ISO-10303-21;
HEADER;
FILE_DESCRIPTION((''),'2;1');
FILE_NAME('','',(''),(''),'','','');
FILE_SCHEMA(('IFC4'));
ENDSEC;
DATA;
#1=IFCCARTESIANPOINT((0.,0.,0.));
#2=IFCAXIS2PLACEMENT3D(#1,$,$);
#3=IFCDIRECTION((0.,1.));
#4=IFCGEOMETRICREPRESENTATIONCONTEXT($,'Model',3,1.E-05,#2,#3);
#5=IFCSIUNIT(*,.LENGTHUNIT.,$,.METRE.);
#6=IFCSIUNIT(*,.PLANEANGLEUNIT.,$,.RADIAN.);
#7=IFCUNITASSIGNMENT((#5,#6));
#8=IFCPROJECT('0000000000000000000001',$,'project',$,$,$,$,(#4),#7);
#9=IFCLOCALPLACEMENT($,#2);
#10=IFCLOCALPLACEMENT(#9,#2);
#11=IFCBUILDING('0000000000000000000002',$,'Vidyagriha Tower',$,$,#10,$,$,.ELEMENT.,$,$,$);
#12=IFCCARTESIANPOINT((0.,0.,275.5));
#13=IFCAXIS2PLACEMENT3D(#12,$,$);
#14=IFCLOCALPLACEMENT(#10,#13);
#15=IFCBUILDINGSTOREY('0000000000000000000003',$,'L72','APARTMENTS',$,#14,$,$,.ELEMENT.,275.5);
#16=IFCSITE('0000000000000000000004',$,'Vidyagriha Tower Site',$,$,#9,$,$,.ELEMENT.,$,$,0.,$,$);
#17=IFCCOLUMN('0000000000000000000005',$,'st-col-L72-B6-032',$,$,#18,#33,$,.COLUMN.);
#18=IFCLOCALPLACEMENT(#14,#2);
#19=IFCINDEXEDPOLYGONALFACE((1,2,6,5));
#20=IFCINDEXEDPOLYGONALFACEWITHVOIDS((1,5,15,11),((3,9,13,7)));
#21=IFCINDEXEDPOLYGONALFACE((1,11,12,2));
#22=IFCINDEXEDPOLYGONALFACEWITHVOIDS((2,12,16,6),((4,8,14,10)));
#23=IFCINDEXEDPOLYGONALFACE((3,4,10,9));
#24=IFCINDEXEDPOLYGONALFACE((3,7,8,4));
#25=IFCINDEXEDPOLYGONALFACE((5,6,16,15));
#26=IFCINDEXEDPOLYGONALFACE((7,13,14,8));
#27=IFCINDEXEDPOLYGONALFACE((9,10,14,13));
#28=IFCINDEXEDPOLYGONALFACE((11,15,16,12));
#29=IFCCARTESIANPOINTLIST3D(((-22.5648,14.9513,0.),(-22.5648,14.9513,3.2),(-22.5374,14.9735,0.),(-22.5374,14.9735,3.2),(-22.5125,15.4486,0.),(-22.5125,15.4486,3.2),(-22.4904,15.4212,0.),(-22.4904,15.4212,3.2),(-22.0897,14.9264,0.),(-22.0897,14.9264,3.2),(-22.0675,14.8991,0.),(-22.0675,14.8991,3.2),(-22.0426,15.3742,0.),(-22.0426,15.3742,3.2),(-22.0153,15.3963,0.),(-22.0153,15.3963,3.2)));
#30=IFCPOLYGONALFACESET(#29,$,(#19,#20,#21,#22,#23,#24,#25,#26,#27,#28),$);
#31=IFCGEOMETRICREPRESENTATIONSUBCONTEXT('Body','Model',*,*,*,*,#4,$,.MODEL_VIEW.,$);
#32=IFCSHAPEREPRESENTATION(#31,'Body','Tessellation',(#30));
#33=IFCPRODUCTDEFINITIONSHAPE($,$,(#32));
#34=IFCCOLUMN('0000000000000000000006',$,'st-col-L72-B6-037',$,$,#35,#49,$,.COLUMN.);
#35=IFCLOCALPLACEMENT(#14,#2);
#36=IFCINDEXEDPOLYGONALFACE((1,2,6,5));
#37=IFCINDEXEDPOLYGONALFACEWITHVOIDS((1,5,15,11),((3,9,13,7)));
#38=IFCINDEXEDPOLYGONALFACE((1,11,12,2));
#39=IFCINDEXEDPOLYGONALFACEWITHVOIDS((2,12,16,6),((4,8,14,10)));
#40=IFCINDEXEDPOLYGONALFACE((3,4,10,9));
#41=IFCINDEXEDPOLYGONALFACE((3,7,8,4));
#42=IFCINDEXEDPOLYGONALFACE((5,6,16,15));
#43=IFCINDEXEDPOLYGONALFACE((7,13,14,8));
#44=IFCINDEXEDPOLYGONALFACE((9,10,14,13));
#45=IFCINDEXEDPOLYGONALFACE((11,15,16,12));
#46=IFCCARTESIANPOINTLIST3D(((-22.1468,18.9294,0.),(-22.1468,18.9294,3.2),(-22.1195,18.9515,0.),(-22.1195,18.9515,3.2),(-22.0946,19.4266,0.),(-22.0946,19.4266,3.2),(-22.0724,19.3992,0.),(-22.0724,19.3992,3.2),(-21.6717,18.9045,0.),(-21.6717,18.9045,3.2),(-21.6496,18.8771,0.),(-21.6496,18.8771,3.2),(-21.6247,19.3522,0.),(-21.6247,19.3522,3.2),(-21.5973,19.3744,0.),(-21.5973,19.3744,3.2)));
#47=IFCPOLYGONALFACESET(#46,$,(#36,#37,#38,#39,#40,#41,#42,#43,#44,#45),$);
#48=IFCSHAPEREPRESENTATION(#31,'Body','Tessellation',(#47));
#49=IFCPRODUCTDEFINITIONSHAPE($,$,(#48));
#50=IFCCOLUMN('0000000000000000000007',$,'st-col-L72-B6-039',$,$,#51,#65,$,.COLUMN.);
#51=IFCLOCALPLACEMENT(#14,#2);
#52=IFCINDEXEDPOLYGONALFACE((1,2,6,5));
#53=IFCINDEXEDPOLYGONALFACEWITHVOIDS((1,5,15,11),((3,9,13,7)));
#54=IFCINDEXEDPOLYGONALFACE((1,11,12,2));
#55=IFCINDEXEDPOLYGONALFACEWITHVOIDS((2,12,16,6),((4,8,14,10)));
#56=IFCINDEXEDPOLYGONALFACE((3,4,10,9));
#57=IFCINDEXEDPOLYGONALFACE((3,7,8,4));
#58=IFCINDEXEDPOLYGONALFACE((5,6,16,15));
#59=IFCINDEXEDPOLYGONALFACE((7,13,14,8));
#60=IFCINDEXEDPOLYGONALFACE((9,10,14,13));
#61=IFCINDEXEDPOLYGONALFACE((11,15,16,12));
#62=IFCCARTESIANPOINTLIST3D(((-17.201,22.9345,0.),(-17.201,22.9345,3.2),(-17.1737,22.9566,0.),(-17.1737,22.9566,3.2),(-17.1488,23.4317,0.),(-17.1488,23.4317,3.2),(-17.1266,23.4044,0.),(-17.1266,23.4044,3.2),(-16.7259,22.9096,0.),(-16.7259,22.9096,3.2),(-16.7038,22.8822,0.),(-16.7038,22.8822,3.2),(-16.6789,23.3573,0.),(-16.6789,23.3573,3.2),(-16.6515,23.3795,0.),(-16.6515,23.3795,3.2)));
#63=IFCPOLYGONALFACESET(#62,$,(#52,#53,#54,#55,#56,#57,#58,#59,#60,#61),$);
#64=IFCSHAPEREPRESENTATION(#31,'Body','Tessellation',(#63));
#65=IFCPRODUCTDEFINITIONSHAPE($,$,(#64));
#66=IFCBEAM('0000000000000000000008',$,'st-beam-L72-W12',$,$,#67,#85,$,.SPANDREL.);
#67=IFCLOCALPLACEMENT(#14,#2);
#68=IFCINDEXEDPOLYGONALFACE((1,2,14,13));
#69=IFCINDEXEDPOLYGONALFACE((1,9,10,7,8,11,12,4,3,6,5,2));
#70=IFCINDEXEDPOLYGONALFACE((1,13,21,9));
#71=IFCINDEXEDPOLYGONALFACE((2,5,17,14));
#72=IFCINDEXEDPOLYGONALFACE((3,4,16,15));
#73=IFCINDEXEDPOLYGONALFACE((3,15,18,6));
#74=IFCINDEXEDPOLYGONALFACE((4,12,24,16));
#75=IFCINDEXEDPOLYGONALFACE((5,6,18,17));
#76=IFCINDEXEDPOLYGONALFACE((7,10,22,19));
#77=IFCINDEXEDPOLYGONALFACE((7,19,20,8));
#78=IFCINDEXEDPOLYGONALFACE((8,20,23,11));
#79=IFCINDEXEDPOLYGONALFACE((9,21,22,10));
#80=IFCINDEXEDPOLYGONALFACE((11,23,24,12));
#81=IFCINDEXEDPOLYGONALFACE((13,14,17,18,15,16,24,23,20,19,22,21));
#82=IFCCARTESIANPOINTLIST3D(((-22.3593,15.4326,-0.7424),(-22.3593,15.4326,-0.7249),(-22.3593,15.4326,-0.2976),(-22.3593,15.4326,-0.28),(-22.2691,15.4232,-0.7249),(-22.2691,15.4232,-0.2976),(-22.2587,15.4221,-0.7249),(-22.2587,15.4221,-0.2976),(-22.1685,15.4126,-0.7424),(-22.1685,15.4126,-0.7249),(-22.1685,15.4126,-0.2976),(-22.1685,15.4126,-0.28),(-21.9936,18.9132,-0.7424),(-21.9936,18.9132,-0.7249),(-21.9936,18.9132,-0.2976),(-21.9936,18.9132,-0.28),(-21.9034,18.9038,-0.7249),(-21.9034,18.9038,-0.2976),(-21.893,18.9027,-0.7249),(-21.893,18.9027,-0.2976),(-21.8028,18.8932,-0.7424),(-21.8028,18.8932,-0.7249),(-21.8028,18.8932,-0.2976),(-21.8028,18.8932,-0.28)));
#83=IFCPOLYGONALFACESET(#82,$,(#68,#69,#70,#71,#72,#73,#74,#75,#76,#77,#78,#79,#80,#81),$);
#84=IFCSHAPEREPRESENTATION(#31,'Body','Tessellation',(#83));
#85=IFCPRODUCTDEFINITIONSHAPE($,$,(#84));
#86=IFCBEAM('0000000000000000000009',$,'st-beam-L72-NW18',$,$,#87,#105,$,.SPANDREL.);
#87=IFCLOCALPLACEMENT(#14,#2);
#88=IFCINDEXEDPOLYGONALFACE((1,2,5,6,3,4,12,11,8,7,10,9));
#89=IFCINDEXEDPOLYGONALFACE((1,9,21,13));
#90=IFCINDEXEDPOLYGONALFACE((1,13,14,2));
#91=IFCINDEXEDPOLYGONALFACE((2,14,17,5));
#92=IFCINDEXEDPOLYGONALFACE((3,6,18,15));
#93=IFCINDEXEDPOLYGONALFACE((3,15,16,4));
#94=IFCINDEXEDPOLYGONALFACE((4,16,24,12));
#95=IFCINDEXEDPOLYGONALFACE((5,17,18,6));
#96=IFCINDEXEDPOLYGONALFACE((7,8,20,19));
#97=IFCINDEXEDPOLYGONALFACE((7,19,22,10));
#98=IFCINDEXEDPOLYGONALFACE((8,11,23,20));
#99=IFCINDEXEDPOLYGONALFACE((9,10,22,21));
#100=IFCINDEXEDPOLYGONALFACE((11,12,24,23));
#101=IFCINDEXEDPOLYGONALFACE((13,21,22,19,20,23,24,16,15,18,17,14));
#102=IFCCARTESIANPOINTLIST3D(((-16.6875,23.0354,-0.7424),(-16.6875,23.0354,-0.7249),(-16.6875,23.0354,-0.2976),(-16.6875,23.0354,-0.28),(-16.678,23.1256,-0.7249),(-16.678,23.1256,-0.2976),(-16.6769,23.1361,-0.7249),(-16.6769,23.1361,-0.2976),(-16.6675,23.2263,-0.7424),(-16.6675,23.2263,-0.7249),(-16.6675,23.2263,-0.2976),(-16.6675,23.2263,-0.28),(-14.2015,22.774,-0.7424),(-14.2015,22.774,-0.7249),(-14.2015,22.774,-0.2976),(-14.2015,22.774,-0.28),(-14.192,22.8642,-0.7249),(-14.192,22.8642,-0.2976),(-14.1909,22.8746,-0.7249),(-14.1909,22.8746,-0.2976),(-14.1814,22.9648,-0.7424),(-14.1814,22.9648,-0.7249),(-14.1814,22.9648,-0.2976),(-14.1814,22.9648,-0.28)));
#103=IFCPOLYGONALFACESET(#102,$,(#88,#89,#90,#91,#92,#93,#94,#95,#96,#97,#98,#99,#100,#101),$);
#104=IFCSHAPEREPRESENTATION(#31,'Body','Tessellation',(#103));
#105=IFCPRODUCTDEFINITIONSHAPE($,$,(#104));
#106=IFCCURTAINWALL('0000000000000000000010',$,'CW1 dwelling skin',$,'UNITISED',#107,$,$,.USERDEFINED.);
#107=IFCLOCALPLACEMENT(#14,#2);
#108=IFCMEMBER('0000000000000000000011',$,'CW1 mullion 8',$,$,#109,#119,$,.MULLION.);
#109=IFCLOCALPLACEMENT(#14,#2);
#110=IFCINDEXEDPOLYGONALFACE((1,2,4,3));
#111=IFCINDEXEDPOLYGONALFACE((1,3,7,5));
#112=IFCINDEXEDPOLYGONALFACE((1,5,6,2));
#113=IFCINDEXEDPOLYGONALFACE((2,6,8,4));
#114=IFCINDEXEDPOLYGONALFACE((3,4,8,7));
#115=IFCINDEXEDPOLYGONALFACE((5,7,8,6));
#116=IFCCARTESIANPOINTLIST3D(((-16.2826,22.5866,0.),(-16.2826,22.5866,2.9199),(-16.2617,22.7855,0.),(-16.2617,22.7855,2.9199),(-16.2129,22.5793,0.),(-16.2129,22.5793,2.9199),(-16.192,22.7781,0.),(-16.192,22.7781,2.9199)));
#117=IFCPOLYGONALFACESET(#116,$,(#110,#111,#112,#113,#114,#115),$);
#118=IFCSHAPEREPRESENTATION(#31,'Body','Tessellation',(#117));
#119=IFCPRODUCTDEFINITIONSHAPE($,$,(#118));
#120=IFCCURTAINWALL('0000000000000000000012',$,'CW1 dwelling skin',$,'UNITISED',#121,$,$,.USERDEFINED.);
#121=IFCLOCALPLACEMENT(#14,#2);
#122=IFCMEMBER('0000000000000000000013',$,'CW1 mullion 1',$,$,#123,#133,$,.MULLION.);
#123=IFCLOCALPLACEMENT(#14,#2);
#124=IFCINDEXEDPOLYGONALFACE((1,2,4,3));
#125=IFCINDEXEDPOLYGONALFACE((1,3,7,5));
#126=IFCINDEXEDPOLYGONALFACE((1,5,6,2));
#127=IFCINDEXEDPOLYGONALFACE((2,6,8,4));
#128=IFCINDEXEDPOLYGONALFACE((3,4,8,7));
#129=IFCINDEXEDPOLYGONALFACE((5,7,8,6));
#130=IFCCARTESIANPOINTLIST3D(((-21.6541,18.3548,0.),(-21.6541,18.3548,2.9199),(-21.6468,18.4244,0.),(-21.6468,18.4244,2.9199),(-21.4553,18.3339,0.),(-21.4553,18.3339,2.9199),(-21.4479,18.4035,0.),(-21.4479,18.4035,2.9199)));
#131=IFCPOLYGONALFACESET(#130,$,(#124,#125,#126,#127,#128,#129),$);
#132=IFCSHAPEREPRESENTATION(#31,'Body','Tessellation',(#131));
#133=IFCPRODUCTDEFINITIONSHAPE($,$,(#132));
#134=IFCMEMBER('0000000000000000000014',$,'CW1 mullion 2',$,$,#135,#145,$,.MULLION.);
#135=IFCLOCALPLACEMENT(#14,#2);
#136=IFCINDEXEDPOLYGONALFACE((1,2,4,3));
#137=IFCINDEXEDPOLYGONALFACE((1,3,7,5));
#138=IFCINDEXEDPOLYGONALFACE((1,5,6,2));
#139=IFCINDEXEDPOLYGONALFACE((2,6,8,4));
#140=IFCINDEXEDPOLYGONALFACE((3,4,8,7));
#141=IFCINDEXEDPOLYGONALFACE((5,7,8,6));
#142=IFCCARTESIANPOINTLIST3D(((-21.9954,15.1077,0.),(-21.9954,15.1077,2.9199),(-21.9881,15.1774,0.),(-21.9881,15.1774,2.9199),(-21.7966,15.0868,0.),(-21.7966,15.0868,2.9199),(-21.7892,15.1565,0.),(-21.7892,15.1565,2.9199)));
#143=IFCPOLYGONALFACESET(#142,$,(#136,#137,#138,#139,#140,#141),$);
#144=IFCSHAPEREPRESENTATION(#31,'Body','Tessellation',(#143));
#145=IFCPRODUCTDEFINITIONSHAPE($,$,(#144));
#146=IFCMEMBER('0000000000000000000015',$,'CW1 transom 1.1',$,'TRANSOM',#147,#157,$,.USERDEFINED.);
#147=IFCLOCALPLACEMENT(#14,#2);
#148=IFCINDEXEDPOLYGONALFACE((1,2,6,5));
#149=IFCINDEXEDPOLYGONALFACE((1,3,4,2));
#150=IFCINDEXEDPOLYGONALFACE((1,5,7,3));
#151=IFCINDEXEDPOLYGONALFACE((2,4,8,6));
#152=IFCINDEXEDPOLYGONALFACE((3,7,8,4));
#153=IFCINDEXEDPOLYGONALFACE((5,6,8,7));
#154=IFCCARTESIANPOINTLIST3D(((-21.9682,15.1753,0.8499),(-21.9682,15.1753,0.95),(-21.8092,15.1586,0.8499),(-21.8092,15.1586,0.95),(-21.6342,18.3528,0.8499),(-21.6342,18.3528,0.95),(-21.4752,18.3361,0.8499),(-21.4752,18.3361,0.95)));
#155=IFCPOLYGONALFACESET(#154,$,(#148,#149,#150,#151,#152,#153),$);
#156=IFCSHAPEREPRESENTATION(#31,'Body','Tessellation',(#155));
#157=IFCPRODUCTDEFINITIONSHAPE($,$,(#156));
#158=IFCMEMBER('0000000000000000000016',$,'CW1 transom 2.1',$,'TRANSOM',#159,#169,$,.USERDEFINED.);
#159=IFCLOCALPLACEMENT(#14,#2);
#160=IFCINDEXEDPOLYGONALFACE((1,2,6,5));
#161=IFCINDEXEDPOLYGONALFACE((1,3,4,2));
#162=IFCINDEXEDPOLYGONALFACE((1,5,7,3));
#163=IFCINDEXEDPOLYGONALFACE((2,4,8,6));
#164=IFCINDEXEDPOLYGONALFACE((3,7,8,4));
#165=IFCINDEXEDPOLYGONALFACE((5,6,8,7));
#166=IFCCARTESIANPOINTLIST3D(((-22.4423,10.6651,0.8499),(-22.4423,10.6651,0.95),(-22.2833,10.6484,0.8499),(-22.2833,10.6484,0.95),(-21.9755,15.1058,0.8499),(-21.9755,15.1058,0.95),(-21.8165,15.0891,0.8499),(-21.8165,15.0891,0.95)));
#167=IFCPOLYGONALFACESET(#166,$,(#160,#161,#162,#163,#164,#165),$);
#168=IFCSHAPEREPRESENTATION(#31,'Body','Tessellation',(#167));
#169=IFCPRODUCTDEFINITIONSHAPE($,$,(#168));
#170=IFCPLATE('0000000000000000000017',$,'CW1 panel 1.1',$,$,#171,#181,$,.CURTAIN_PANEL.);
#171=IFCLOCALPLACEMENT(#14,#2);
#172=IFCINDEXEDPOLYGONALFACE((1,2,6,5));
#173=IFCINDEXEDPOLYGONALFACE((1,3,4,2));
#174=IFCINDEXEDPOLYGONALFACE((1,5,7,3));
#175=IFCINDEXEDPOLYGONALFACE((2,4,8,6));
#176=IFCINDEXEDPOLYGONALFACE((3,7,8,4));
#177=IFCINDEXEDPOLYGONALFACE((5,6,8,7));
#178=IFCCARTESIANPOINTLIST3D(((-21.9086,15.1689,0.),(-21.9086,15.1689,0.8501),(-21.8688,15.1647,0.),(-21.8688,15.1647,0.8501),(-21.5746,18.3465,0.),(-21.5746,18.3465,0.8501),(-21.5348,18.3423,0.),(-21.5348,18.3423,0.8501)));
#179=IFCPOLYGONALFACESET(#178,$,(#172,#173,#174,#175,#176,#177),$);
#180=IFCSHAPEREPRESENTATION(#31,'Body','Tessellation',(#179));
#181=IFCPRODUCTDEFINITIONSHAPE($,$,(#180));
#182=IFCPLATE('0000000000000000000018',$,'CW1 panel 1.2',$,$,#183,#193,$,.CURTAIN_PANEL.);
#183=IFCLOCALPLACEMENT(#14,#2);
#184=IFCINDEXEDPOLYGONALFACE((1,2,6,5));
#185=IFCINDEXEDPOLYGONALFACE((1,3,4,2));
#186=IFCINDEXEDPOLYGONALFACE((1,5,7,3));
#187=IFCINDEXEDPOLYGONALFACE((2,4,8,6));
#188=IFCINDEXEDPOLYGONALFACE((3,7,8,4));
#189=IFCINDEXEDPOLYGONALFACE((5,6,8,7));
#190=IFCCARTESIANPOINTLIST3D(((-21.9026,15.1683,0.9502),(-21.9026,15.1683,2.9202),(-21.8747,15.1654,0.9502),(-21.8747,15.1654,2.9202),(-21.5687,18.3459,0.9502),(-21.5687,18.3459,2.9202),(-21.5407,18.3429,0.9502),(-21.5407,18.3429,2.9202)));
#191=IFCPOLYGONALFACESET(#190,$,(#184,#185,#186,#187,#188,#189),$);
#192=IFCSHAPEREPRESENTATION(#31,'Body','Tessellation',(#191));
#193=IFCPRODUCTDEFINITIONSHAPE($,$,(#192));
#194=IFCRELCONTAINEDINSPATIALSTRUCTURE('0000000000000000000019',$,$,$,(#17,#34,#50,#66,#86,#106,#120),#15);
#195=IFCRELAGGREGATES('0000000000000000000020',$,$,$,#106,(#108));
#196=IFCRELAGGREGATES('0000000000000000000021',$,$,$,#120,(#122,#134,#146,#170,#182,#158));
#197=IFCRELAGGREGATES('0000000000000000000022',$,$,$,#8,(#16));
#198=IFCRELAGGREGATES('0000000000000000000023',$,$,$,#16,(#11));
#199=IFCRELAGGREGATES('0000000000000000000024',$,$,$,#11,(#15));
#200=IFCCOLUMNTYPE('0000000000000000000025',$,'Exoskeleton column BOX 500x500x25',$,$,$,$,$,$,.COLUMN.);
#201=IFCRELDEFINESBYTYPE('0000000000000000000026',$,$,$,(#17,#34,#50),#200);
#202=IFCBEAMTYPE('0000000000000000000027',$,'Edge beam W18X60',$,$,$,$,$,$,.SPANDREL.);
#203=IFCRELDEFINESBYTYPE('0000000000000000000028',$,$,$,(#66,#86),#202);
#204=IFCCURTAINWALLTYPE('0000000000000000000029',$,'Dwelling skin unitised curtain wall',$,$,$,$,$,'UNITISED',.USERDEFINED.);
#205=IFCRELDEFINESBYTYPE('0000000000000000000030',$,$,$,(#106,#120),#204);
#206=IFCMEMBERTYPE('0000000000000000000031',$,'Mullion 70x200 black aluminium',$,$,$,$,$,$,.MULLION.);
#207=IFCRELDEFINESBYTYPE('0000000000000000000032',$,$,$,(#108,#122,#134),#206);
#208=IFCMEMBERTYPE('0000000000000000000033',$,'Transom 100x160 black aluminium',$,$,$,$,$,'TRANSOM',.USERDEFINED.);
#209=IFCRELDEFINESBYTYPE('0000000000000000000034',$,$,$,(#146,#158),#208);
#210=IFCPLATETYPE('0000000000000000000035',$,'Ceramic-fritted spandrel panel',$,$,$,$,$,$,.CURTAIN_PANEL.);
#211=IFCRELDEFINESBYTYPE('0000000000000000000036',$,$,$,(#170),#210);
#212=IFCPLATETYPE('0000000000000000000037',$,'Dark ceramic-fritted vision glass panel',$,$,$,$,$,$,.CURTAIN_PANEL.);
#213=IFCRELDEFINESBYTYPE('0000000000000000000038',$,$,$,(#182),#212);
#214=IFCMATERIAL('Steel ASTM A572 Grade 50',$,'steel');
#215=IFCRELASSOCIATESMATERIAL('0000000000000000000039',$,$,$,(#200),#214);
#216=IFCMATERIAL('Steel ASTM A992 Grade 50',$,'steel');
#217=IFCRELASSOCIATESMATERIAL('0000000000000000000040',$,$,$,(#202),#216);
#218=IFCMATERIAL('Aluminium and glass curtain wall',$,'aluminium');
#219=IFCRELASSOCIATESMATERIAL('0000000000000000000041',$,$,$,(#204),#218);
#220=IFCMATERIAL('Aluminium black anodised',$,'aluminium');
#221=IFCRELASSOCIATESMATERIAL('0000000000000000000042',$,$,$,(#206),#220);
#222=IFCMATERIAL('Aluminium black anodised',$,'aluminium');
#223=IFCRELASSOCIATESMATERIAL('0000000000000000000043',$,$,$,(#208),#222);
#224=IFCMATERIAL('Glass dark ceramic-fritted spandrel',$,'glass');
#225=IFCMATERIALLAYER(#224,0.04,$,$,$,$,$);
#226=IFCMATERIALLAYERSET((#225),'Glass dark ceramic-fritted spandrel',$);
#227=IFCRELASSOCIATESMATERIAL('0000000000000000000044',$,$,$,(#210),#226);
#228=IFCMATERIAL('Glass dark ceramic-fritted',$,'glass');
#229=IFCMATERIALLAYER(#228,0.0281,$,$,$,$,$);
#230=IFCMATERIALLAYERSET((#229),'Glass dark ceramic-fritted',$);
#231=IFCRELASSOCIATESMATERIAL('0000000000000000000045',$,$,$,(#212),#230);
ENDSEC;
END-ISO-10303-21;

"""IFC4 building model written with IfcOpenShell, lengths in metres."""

from ifc_helpers import new_model, si_unit, direction, frame, origin, origin_2d, place, context, subcontext, project, spatial, rectangle, hollow_rectangle, i_section, extrude, material, layer, layer_set, material_profile, profile_set, type_object, element, aggregate, save


model = new_model("IFC4")

# Units and contexts
model_context = context("Model", 3, precision=1e-05, world=origin(), true_north=direction((0.0, 1.0)))
body_context = subcontext(model_context, "Body", "Model", "MODEL_VIEW")
ifc_project = project(units=[si_unit("LENGTHUNIT", "METRE"), si_unit("PLANEANGLEUNIT", "RADIAN")], contexts=[model_context])

# Site, building, storey
site_placement = place(None, origin())
site = spatial("IfcSite", under=ifc_project, at=site_placement, Name="Vidyagriha Tower Site", CompositionType="ELEMENT", RefElevation=0.0)
building_placement = place(site_placement, origin())
building = spatial("IfcBuilding", under=site, at=building_placement, Name="Vidyagriha Tower", CompositionType="ELEMENT")
storey_placement = place(building_placement, frame((0.0, 0.0, 275.5)))
storey = spatial("IfcBuildingStorey", under=building, at=storey_placement, Name="L72", Description="APARTMENTS", CompositionType="ELEMENT", Elevation=275.5)

# Columns
ifc_material_1 = material(Name="Steel ASTM A572 Grade 50", Category="steel")
ifc_material_profile_1 = material_profile(ifc_material_1, hollow_rectangle(XDim=0.5, YDim=0.5, WallThickness=0.0249, at=origin_2d()), Name="BOX 500x500x25")
ifc_profile_set_1 = profile_set([ifc_material_profile_1], Name="Steel ASTM A572 Grade 50")
column_type = type_object("IfcColumnType", Name="Exoskeleton column BOX 500x500x25", PredefinedType="COLUMN", material=ifc_profile_set_1)
for number, where, z_axis, x_axis, name in (
    (1, (-22.29, 15.1738, 0.0), (0.0, 0.0, 1.0), (0.994522, -0.104528, 0.0), "st-col-L72-B6-032"),
    (2, (-21.8721, 19.1519, 0.0), (0.0, 0.0, 1.0), (0.994522, -0.104528, 0.0), "st-col-L72-B6-037"),
    (3, (-16.9263, 23.157, 0.0), (0.0, 0.0, 1.0), (0.994522, -0.104528, 0.0), "st-col-L72-B6-039"),
):
    element("IfcColumn", number, at=place(storey_placement, frame(where, z_axis=z_axis, x_axis=x_axis)), inside=storey, type_object=column_type, Name=name, PredefinedType="COLUMN", context=body_context, shape_type="SweptSolid", body=[
        extrude(hollow_rectangle(XDim=0.5, YDim=0.5, WallThickness=0.0249, at=origin_2d()), origin(), (0.0, 0.0, 1.0), 3.2),
    ])

# Beams
ifc_material_2 = material(Name="Steel ASTM A992 Grade 50", Category="steel")
ifc_material_profile_2 = material_profile(ifc_material_2, i_section(OverallWidth=0.1919, OverallDepth=0.4624, WebThickness=0.0105, FlangeThickness=0.0176, at=origin_2d()), Name="W18X60")
ifc_profile_set_2 = profile_set([ifc_material_profile_2], Name="Steel ASTM A992 Grade 50")
beam_type = type_object("IfcBeamType", Name="Edge beam W18X60", PredefinedType="SPANDREL", material=ifc_profile_set_2)
beam_1_placement = place(storey_placement, frame((-22.2639, 15.4226, -0.5112), z_axis=(0.104496, 0.994525, 0.0), x_axis=(-0.994525, 0.104496, 0.0)))
element("IfcBeam", 4, at=beam_1_placement, inside=storey, type_object=beam_type, Name="st-beam-L72-W12", PredefinedType="SPANDREL", context=body_context, shape_type="SweptSolid", body=[
    extrude(i_section(OverallWidth=0.1919, OverallDepth=0.4624, WebThickness=0.0105, FlangeThickness=0.0176, at=origin_2d()), origin(), (0.0, 0.0, 1.0), 3.4998),
])
beam_2_placement = place(storey_placement, frame((-16.6775, 23.1309, -0.5112), z_axis=(0.994515, -0.104598, 0.0), x_axis=(0.104598, 0.994515, 0.0)))
element("IfcBeam", 5, at=beam_2_placement, inside=storey, type_object=beam_type, Name="st-beam-L72-NW18", PredefinedType="SPANDREL", context=body_context, shape_type="SweptSolid", body=[
    extrude(i_section(OverallWidth=0.1919, OverallDepth=0.4624, WebThickness=0.0105, FlangeThickness=0.0176, at=origin_2d()), origin(), (0.0, 0.0, 1.0), 2.4998),
])

# Curtain wall, member
ifc_material_3 = material(Name="Aluminium and glass curtain wall", Category="aluminium")
curtain_wall_type = type_object("IfcCurtainWallType", Name="Dwelling skin unitised curtain wall", ElementType="UNITISED", PredefinedType="USERDEFINED", material=ifc_material_3)
curtain_wall_1_placement = place(storey_placement, origin())
curtain_wall_1 = element("IfcCurtainWall", 6, at=curtain_wall_1_placement, inside=storey, type_object=curtain_wall_type, Name="CW1 dwelling skin", ObjectType="UNITISED", PredefinedType="USERDEFINED")
ifc_material_4 = material(Name="Aluminium black anodised", Category="aluminium")
ifc_material_profile_3 = material_profile(ifc_material_4, rectangle(XDim=0.2, YDim=0.0701, at=origin_2d()), Name="Mullion 70x200 black aluminium")
ifc_profile_set_3 = profile_set([ifc_material_profile_3], Name="Aluminium black anodised")
member_type_1 = type_object("IfcMemberType", Name="Mullion 70x200 black aluminium", PredefinedType="MULLION", material=ifc_profile_set_3)
member_1_placement = place(storey_placement, frame((-16.2373, 22.6824, 0.0), z_axis=(0.0, 0.0, 1.0), x_axis=(-0.104529, -0.994522, 0.0)))
member_1 = element("IfcMember", 7, at=member_1_placement, type_object=member_type_1, Name="CW1 mullion 8", PredefinedType="MULLION", context=body_context, shape_type="SweptSolid", body=[
    extrude(rectangle(XDim=0.2, YDim=0.0701, at=origin_2d()), origin(), (0.0, 0.0, 1.0), 2.9199),
])
aggregate(curtain_wall_1, [member_1])

# Curtain wall, members, plates
curtain_wall_2_placement = place(storey_placement, origin())
curtain_wall_2 = element("IfcCurtainWall", 8, at=curtain_wall_2_placement, inside=storey, type_object=curtain_wall_type, Name="CW1 dwelling skin", ObjectType="UNITISED", PredefinedType="USERDEFINED")
member_2_placement = place(storey_placement, frame((-21.551, 18.3792, 0.0), z_axis=(0.0, 0.0, 1.0), x_axis=(0.994522, -0.104525, 0.0)))
member_2 = element("IfcMember", 9, at=member_2_placement, type_object=member_type_1, Name="CW1 mullion 1", PredefinedType="MULLION", context=body_context, shape_type="SweptSolid", body=[
    extrude(rectangle(XDim=0.2, YDim=0.0701, at=origin_2d()), origin(), (0.0, 0.0, 1.0), 2.9199),
])
member_3_placement = place(storey_placement, frame((-21.8923, 15.1321, 0.0), z_axis=(0.0, 0.0, 1.0), x_axis=(0.994522, -0.104525, 0.0)))
member_3 = element("IfcMember", 10, at=member_3_placement, type_object=member_type_1, Name="CW1 mullion 2", PredefinedType="MULLION", context=body_context, shape_type="SweptSolid", body=[
    extrude(rectangle(XDim=0.2, YDim=0.0701, at=origin_2d()), origin(), (0.0, 0.0, 1.0), 2.9199),
])
ifc_material_5 = material(Name="Aluminium black anodised", Category="aluminium")
ifc_material_profile_4 = material_profile(ifc_material_5, rectangle(XDim=0.1599, YDim=0.1001, at=origin_2d()), Name="Transom 100x160 black aluminium")
ifc_profile_set_4 = profile_set([ifc_material_profile_4], Name="Aluminium black anodised")
member_type_2 = type_object("IfcMemberType", Name="Transom 100x160 black aluminium", ElementType="TRANSOM", PredefinedType="USERDEFINED", material=ifc_profile_set_4)
member_4_placement = place(storey_placement, frame((-21.5547, 18.3445, 0.8999), z_axis=(-0.104534, -0.994521, 0.0), x_axis=(0.994521, -0.104534, 0.0)))
member_4 = element("IfcMember", 11, at=member_4_placement, type_object=member_type_2, Name="CW1 transom 1.1", ObjectType="TRANSOM", PredefinedType="USERDEFINED", context=body_context, shape_type="SweptSolid", body=[
    extrude(rectangle(XDim=0.1599, YDim=0.1001, at=origin_2d()), origin(), (0.0, 0.0, 1.0), 3.1951),
])
member_5_placement = place(storey_placement, frame((-21.896, 15.0974, 0.8999), z_axis=(-0.104542, -0.99452, 0.0), x_axis=(0.99452, -0.104542, 0.0)))
member_5 = element("IfcMember", 12, at=member_5_placement, type_object=member_type_2, Name="CW1 transom 2.1", ObjectType="TRANSOM", PredefinedType="USERDEFINED", context=body_context, shape_type="SweptSolid", body=[
    extrude(rectangle(XDim=0.1599, YDim=0.1001, at=origin_2d()), origin(), (0.0, 0.0, 1.0), 4.4651),
])
ifc_material_6 = material(Name="Glass dark ceramic-fritted spandrel", Category="glass")
ifc_layer_1 = layer(ifc_material_6, 0.04)
ifc_layer_set_1 = layer_set([ifc_layer_1], Name="Glass dark ceramic-fritted spandrel")
plate_type_1 = type_object("IfcPlateType", Name="Ceramic-fritted spandrel panel", PredefinedType="CURTAIN_PANEL", material=ifc_layer_set_1)
plate_1_placement = place(storey_placement, frame((-21.7217, 16.7556, 0.0), z_axis=(0.0, 0.0, 1.0), x_axis=(-0.104525, -0.994522, 0.0)))
plate_1 = element("IfcPlate", 13, at=plate_1_placement, type_object=plate_type_1, Name="CW1 panel 1.1", PredefinedType="CURTAIN_PANEL", context=body_context, shape_type="SweptSolid", body=[
    extrude(rectangle(XDim=3.1951, YDim=0.04, at=origin_2d()), origin(), (0.0, 0.0, 1.0), 0.8501),
])
ifc_material_7 = material(Name="Glass dark ceramic-fritted", Category="glass")
ifc_layer_2 = layer(ifc_material_7, 0.0281)
ifc_layer_set_2 = layer_set([ifc_layer_2], Name="Glass dark ceramic-fritted")
plate_type_2 = type_object("IfcPlateType", Name="Dark ceramic-fritted vision glass panel", PredefinedType="CURTAIN_PANEL", material=ifc_layer_set_2)
plate_2_placement = place(storey_placement, frame((-21.7217, 16.7556, 0.9502), z_axis=(0.0, 0.0, 1.0), x_axis=(-0.104525, -0.994522, 0.0)))
plate_2 = element("IfcPlate", 14, at=plate_2_placement, type_object=plate_type_2, Name="CW1 panel 1.2", PredefinedType="CURTAIN_PANEL", context=body_context, shape_type="SweptSolid", body=[
    extrude(rectangle(XDim=3.1951, YDim=0.0281, at=origin_2d()), origin(), (0.0, 0.0, 1.0), 1.97),
])
aggregate(curtain_wall_2, [member_2, member_3, member_4, plate_1, plate_2, member_5])

save(model, "model.ifc")
